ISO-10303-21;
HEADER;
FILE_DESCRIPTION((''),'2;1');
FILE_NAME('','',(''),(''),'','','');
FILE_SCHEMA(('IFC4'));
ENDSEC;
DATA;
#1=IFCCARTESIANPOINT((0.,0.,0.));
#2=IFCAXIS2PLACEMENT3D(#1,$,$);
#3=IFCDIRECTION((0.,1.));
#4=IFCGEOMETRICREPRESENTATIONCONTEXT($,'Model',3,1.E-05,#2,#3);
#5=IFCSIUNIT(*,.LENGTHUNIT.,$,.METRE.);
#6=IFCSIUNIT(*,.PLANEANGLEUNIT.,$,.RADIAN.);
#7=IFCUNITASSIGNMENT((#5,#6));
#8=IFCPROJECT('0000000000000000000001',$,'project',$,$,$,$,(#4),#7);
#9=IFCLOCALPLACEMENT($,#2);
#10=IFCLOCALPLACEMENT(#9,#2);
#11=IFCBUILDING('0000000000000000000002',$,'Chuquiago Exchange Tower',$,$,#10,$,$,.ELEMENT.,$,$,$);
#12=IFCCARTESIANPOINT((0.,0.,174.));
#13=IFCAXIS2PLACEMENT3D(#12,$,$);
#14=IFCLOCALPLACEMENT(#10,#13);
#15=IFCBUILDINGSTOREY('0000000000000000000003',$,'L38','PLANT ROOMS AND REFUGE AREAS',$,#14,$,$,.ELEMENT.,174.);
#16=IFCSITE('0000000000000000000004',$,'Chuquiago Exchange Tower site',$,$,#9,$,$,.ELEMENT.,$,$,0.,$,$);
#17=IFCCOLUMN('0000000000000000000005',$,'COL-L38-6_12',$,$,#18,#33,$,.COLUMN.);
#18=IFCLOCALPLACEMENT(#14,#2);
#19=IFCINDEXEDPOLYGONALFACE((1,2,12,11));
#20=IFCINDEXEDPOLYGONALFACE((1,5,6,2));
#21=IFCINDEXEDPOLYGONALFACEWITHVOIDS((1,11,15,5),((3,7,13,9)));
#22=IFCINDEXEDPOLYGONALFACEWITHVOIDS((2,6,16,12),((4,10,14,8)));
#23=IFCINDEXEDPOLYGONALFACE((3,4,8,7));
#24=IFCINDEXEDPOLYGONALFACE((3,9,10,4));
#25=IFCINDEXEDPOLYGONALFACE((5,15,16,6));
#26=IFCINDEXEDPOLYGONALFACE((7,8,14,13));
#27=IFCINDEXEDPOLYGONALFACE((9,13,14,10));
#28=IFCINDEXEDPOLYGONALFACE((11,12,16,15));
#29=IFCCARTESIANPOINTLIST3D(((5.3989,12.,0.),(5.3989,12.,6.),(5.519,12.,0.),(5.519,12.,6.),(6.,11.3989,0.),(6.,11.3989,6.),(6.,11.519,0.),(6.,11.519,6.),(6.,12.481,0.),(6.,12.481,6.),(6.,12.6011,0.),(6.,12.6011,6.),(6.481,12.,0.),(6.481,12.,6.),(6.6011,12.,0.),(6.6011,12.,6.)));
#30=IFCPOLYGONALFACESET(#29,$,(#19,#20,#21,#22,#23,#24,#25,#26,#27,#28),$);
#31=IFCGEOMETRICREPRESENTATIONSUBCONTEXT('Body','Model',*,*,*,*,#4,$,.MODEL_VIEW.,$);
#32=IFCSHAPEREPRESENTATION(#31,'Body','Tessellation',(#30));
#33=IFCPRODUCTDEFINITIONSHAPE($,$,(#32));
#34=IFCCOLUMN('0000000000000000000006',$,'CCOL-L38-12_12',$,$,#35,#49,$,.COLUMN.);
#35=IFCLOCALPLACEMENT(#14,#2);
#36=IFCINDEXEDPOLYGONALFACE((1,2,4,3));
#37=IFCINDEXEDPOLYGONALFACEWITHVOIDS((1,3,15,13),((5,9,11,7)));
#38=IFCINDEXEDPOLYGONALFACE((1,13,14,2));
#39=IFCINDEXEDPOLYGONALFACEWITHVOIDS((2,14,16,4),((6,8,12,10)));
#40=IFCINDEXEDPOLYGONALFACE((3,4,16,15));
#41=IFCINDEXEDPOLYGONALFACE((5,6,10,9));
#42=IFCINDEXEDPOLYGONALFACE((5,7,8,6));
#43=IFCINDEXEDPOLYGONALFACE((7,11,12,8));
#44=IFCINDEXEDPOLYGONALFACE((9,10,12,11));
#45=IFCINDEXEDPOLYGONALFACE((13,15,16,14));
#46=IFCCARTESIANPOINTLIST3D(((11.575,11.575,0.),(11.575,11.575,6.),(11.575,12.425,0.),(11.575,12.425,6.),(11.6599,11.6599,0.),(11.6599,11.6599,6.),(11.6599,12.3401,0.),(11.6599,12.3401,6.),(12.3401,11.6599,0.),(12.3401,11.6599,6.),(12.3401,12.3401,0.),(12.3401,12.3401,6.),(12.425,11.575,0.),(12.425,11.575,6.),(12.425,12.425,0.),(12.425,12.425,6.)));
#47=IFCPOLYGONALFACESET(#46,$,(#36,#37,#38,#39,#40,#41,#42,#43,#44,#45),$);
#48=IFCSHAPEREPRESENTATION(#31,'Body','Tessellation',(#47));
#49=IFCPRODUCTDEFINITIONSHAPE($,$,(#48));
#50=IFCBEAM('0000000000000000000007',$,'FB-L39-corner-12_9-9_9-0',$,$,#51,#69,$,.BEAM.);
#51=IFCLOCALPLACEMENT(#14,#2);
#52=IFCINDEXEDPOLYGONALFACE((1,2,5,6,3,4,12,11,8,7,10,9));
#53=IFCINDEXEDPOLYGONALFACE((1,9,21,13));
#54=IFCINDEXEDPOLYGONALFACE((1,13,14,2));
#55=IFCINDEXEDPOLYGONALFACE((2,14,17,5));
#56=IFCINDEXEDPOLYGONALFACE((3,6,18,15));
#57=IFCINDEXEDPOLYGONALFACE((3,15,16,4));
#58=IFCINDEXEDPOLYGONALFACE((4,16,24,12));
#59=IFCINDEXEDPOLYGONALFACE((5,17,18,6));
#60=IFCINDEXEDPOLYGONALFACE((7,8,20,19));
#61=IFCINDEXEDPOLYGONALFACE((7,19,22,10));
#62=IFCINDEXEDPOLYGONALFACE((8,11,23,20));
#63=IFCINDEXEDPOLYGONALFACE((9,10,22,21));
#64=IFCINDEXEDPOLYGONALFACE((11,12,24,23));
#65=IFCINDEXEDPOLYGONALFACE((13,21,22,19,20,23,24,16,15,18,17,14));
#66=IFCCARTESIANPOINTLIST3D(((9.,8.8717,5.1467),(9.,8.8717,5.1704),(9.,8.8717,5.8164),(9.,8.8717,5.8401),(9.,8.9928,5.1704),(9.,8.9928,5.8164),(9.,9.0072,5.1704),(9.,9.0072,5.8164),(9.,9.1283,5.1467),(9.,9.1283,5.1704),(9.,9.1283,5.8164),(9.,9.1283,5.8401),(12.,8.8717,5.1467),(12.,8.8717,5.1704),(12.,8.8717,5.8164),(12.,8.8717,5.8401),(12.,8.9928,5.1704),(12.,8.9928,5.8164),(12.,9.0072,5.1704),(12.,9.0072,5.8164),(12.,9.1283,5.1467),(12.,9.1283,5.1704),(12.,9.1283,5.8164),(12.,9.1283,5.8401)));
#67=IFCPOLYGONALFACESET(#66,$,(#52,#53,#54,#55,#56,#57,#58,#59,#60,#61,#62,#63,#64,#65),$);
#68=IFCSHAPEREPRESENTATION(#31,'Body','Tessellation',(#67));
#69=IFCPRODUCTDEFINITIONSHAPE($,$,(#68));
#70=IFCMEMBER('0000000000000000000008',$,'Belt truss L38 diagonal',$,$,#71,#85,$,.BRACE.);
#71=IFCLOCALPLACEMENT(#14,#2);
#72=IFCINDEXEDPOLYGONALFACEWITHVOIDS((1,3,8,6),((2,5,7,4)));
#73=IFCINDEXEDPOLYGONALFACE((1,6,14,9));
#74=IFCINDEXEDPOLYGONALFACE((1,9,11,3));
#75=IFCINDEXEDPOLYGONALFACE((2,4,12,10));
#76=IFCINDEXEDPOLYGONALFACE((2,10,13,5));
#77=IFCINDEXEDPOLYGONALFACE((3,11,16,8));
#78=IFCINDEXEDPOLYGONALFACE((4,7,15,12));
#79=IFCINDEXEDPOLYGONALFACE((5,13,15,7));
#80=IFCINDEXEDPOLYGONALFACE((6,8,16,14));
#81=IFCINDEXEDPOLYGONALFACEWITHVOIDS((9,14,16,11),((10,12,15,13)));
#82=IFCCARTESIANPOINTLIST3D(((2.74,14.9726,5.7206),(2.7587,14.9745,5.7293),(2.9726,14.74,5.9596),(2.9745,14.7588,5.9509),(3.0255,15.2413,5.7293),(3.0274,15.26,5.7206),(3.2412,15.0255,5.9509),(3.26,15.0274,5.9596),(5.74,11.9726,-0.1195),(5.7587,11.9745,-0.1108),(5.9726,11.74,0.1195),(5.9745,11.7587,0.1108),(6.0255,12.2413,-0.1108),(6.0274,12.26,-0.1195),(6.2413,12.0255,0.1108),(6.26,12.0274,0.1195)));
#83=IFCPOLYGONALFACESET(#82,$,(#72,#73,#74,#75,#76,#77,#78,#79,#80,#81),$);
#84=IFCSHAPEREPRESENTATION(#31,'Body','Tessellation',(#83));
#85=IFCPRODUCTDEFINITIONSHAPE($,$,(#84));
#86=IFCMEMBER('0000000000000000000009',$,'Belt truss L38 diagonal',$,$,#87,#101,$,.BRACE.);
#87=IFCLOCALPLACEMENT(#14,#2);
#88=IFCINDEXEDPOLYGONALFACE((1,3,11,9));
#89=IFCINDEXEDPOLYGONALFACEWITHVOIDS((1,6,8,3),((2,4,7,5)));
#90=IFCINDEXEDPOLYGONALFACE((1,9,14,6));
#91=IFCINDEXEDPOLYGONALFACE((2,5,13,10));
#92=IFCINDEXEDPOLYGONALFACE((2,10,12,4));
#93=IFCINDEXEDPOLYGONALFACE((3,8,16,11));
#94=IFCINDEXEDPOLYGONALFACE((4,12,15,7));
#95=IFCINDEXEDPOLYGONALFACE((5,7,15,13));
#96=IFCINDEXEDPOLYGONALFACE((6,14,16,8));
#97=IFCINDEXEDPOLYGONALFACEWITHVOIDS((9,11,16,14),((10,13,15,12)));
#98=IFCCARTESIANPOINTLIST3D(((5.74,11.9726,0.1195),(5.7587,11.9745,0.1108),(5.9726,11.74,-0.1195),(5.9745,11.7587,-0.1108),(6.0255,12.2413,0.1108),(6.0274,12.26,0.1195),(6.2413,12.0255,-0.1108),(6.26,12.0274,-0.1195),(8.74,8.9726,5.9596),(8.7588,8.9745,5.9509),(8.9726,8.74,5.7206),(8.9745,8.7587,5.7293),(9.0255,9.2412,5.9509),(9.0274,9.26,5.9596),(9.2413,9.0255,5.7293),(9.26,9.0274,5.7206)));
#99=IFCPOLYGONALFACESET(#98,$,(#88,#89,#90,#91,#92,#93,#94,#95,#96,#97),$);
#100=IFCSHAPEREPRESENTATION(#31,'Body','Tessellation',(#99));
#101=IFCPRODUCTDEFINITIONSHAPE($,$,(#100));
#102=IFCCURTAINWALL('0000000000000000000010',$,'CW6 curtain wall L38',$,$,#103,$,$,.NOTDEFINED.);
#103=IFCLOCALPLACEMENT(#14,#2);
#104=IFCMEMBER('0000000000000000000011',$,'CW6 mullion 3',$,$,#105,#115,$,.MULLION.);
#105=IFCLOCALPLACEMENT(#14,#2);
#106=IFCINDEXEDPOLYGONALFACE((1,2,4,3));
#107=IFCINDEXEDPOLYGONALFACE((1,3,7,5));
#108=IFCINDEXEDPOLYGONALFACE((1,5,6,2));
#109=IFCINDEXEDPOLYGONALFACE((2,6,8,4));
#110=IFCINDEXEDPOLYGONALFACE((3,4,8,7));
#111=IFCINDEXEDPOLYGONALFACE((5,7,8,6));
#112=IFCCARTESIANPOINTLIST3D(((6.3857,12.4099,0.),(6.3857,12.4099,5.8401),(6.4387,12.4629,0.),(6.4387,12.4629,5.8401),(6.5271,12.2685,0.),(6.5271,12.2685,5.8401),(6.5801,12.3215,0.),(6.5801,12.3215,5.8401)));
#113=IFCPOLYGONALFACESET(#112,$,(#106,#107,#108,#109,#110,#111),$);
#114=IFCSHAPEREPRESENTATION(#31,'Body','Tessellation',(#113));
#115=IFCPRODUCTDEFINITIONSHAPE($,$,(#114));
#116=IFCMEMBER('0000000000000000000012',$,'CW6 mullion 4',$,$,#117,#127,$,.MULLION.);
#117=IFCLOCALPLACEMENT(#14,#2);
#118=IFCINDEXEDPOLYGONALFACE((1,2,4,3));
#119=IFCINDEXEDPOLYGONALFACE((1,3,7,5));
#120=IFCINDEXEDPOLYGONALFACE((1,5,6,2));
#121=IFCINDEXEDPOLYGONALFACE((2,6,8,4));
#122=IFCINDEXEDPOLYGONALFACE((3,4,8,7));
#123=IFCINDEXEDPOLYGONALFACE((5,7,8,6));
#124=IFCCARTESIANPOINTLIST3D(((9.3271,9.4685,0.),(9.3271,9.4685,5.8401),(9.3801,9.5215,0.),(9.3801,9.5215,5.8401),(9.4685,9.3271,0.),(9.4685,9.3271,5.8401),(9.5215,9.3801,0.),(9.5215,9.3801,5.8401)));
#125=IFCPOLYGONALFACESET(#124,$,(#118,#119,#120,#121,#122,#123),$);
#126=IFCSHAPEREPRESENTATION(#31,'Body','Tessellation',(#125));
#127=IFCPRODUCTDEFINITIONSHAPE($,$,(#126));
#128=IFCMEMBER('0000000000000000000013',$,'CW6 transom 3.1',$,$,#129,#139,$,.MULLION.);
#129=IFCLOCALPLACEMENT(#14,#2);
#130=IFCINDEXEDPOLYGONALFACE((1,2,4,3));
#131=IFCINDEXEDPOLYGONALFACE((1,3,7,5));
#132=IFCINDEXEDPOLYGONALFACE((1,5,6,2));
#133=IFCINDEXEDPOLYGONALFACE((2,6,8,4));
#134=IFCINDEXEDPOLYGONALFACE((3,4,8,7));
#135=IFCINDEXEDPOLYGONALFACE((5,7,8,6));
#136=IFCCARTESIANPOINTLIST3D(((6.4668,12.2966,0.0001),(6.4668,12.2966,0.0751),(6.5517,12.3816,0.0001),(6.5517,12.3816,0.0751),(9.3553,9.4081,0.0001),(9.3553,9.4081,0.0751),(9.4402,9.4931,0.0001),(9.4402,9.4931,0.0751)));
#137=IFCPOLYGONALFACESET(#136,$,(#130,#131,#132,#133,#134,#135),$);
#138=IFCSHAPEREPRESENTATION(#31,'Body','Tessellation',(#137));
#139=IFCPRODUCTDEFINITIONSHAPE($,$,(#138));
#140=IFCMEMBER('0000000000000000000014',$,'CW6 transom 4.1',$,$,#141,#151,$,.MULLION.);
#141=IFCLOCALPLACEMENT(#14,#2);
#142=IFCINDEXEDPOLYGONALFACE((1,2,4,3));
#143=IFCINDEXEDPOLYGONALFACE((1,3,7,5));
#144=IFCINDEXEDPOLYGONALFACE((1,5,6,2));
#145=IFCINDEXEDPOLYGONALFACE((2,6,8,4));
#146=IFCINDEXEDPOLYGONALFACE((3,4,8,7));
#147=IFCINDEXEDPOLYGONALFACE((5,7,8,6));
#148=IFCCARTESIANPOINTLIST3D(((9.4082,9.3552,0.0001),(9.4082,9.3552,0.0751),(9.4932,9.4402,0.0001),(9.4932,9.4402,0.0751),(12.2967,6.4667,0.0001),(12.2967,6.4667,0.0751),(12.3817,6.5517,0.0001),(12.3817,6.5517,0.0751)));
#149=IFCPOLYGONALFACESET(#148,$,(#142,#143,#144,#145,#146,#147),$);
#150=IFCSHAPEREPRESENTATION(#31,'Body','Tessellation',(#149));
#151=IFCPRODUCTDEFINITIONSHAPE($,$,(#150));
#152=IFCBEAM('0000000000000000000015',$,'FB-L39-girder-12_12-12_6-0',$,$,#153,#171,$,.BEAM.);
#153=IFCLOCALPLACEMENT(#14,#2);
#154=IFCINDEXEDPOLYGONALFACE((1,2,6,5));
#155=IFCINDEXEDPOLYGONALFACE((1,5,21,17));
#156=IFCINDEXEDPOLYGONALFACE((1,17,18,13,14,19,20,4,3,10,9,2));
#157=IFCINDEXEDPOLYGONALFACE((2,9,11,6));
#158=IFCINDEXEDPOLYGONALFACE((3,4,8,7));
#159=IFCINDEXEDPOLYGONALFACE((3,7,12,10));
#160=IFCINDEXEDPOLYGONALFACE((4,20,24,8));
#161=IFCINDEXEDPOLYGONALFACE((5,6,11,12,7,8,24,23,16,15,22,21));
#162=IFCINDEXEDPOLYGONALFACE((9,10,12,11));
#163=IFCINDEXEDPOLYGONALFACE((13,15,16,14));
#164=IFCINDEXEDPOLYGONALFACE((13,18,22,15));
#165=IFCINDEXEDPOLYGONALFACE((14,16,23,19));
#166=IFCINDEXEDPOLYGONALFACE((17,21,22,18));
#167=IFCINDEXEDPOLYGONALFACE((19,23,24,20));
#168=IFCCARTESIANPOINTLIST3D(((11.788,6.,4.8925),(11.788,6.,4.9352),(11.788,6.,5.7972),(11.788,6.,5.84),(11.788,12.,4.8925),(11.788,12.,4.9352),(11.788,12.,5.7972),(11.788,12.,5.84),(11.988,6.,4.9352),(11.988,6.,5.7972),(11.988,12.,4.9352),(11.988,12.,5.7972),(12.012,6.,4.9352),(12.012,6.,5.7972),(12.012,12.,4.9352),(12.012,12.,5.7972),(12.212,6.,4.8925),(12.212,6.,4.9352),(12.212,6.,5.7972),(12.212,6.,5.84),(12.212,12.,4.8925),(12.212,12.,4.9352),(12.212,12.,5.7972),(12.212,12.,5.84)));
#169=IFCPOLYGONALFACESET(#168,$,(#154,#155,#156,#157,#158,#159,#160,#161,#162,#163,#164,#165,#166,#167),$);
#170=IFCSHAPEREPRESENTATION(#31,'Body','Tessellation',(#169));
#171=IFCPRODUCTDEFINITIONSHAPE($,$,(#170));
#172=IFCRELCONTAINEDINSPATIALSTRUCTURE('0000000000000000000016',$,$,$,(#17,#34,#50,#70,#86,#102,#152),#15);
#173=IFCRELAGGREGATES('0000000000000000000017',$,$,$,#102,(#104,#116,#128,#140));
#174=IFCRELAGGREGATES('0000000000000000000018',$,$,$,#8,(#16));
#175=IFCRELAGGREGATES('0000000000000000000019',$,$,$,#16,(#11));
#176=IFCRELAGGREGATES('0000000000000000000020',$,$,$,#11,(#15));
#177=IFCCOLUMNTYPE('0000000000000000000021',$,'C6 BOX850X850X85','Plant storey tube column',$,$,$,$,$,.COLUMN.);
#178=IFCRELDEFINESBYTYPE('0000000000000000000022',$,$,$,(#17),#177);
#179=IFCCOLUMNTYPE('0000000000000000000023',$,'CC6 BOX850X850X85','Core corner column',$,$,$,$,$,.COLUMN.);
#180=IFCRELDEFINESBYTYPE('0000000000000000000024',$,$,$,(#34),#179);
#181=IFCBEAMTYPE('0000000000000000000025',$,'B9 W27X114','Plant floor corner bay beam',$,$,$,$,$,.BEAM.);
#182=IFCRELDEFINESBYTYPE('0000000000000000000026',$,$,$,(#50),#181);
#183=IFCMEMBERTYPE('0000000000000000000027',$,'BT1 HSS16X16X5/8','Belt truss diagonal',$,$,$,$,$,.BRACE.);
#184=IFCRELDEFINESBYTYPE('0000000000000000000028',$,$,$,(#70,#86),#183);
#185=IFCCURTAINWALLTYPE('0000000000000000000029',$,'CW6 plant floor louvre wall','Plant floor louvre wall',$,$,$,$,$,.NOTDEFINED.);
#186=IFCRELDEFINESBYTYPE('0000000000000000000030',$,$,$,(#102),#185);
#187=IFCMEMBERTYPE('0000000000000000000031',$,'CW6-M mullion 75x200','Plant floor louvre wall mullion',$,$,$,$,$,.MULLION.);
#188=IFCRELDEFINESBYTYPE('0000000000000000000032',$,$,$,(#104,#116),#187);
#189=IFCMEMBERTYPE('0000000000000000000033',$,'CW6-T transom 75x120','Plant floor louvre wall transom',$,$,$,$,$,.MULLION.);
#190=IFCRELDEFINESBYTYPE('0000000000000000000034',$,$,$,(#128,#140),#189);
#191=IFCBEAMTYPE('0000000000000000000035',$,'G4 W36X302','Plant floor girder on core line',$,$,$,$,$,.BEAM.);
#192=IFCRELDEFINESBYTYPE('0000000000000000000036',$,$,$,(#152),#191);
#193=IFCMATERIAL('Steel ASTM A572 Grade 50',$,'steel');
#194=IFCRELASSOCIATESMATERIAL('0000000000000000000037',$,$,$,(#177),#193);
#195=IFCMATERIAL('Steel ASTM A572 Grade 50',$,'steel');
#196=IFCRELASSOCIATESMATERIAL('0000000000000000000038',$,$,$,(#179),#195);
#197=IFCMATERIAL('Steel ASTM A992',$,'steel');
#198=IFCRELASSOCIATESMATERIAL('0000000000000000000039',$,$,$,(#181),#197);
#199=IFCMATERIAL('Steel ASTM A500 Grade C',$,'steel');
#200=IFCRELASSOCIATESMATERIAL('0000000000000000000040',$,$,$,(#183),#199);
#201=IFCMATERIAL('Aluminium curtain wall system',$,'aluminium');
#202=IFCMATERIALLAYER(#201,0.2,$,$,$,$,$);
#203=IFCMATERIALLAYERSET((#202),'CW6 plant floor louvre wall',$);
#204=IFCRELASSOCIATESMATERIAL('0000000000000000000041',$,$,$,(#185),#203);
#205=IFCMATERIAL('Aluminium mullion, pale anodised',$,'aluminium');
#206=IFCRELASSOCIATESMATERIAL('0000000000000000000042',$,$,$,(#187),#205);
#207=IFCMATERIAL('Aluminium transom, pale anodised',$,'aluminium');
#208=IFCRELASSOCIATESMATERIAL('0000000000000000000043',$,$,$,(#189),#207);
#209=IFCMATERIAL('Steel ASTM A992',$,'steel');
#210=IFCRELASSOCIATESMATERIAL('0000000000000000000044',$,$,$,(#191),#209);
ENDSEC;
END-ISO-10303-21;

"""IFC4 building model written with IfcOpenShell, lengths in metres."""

from ifc_helpers import new_model, si_unit, direction, frame, origin, origin_2d, place, context, subcontext, project, spatial, rectangle, hollow_rectangle, i_section, extrude, material, layer, layer_set, material_profile, profile_set, type_object, element, aggregate, save


model = new_model("IFC4")

# Units and contexts
model_context = context("Model", 3, precision=1e-05, world=origin(), true_north=direction((0.0, 1.0)))
body_context = subcontext(model_context, "Body", "Model", "MODEL_VIEW")
ifc_project = project(units=[si_unit("LENGTHUNIT", "METRE"), si_unit("PLANEANGLEUNIT", "RADIAN")], contexts=[model_context])

# Site, building, storey
site_placement = place(None, origin())
site = spatial("IfcSite", under=ifc_project, at=site_placement, Name="Chuquiago Exchange Tower site", CompositionType="ELEMENT", RefElevation=0.0)
building_placement = place(site_placement, origin())
building = spatial("IfcBuilding", under=site, at=building_placement, Name="Chuquiago Exchange Tower", CompositionType="ELEMENT")
storey_placement = place(building_placement, frame((0.0, 0.0, 174.0)))
storey = spatial("IfcBuildingStorey", under=building, at=storey_placement, Name="L38", Description="PLANT ROOMS AND REFUGE AREAS", CompositionType="ELEMENT", Elevation=174.0)

# Columns
ifc_material_1 = material(Name="Steel ASTM A572 Grade 50", Category="steel")
ifc_material_profile_1 = material_profile(ifc_material_1, hollow_rectangle(XDim=0.8501, YDim=0.8501, WallThickness=0.085, at=origin_2d()), Name="BOX850X850X85")
ifc_profile_set_1 = profile_set([ifc_material_profile_1], Name="Steel ASTM A572 Grade 50")
column_type_1 = type_object("IfcColumnType", Name="C6 BOX850X850X85", Description="Plant storey tube column", PredefinedType="COLUMN", material=ifc_profile_set_1)
column_1_placement = place(storey_placement, frame((6.0, 12.0, 0.0), z_axis=(0.0, 0.0, 1.0), x_axis=(-0.707107, -0.707107, 0.0)))
element("IfcColumn", 1, at=column_1_placement, inside=storey, type_object=column_type_1, Name="COL-L38-6_12", PredefinedType="COLUMN", context=body_context, shape_type="SweptSolid", body=[
    extrude(hollow_rectangle(XDim=0.8501, YDim=0.8501, WallThickness=0.085, at=origin_2d()), origin(), (0.0, 0.0, 1.0), 6.0),
])
ifc_material_2 = material(Name="Steel ASTM A572 Grade 50", Category="steel")
ifc_material_profile_2 = material_profile(ifc_material_2, hollow_rectangle(XDim=0.8501, YDim=0.8501, WallThickness=0.085, at=origin_2d()), Name="BOX850X850X85")
ifc_profile_set_2 = profile_set([ifc_material_profile_2], Name="Steel ASTM A572 Grade 50")
column_type_2 = type_object("IfcColumnType", Name="CC6 BOX850X850X85", Description="Core corner column", PredefinedType="COLUMN", material=ifc_profile_set_2)
column_2_placement = place(storey_placement, frame((12.0, 12.0, 0.0), z_axis=(0.0, 0.0, 1.0), x_axis=(1.0, 0.0, 0.0)))
element("IfcColumn", 2, at=column_2_placement, inside=storey, type_object=column_type_2, Name="CCOL-L38-12_12", PredefinedType="COLUMN", context=body_context, shape_type="SweptSolid", body=[
    extrude(hollow_rectangle(XDim=0.8501, YDim=0.8501, WallThickness=0.085, at=origin_2d()), origin(), (0.0, 0.0, 1.0), 6.0),
])

# Beam
ifc_material_3 = material(Name="Steel ASTM A992", Category="steel")
ifc_material_profile_3 = material_profile(ifc_material_3, i_section(OverallWidth=0.2566, OverallDepth=0.6934, WebThickness=0.0144, FlangeThickness=0.0237, at=origin_2d()), Name="W27X114")
ifc_profile_set_3 = profile_set([ifc_material_profile_3], Name="Steel ASTM A992")
beam_type_1 = type_object("IfcBeamType", Name="B9 W27X114", Description="Plant floor corner bay beam", PredefinedType="BEAM", material=ifc_profile_set_3)
beam_1_placement = place(storey_placement, frame((12.0, 9.0, 5.4934), z_axis=(-1.0, 0.0, 0.0), x_axis=(0.0, -1.0, 0.0)))
element("IfcBeam", 3, at=beam_1_placement, inside=storey, type_object=beam_type_1, Name="FB-L39-corner-12_9-9_9-0", PredefinedType="BEAM", context=body_context, shape_type="SweptSolid", body=[
    extrude(i_section(OverallWidth=0.2566, OverallDepth=0.6934, WebThickness=0.0144, FlangeThickness=0.0237, at=origin_2d()), origin(), (0.0, 0.0, 1.0), 3.0),
])

# Members
ifc_material_4 = material(Name="Steel ASTM A500 Grade C", Category="steel")
ifc_material_profile_4 = material_profile(ifc_material_4, hollow_rectangle(XDim=0.4065, YDim=0.4065, WallThickness=0.0146, at=origin_2d()), Name="HSS16X16X5/8")
ifc_profile_set_4 = profile_set([ifc_material_profile_4], Name="Steel ASTM A500 Grade C")
member_type_1 = type_object("IfcMemberType", Name="BT1 HSS16X16X5/8", Description="Belt truss diagonal", PredefinedType="BRACE", material=ifc_profile_set_4)
for number, where, z_axis, x_axis, name in (
    (4, (6.0, 12.0, 0.0), (-0.415599, 0.415599, 0.809045), (-0.707107, -0.707107, 0.0), "Belt truss L38 diagonal"),
    (5, (6.0, 12.0, 0.0), (0.415599, -0.415599, 0.809045), (0.707107, 0.707107, 0.0), "Belt truss L38 diagonal"),
):
    element("IfcMember", number, at=place(storey_placement, frame(where, z_axis=z_axis, x_axis=x_axis)), inside=storey, type_object=member_type_1, Name=name, PredefinedType="BRACE", context=body_context, shape_type="SweptSolid", body=[
        extrude(hollow_rectangle(XDim=0.4065, YDim=0.4065, WallThickness=0.0146, at=origin_2d()), origin(), (0.0, 0.0, 1.0), 7.2185),
    ])

# Curtain wall, members
ifc_material_5 = material(Name="Aluminium curtain wall system", Category="aluminium")
ifc_layer_1 = layer(ifc_material_5, 0.2)
ifc_layer_set_1 = layer_set([ifc_layer_1], Name="CW6 plant floor louvre wall")
curtain_wall_type = type_object("IfcCurtainWallType", Name="CW6 plant floor louvre wall", Description="Plant floor louvre wall", PredefinedType="NOTDEFINED", material=ifc_layer_set_1)
curtain_wall_placement = place(storey_placement, origin())
curtain_wall = element("IfcCurtainWall", 6, at=curtain_wall_placement, inside=storey, type_object=curtain_wall_type, Name="CW6 curtain wall L38", PredefinedType="NOTDEFINED")
ifc_material_6 = material(Name="Aluminium mullion, pale anodised", Category="aluminium")
ifc_material_profile_5 = material_profile(ifc_material_6, rectangle(XDim=0.075, YDim=0.2, at=origin_2d()), Name="AL 75x200")
ifc_profile_set_5 = profile_set([ifc_material_profile_5], Name="Aluminium mullion, pale anodised")
member_type_2 = type_object("IfcMemberType", Name="CW6-M mullion 75x200", Description="Plant floor louvre wall mullion", PredefinedType="MULLION", material=ifc_profile_set_5)
member_1_placement = place(storey_placement, frame((6.4829, 12.3657, 0.0), z_axis=(0.0, 0.0, 1.0), x_axis=(0.707107, 0.707107, 0.0)))
member_1 = element("IfcMember", 7, at=member_1_placement, type_object=member_type_2, Name="CW6 mullion 3", PredefinedType="MULLION", context=body_context, shape_type="SweptSolid", body=[
    extrude(rectangle(XDim=0.075, YDim=0.2, at=origin_2d()), origin(), (0.0, 0.0, 1.0), 5.8401),
])
member_2_placement = place(storey_placement, frame((9.4243, 9.4243, 0.0), z_axis=(0.0, 0.0, 1.0), x_axis=(0.707107, 0.707107, 0.0)))
member_2 = element("IfcMember", 8, at=member_2_placement, type_object=member_type_2, Name="CW6 mullion 4", PredefinedType="MULLION", context=body_context, shape_type="SweptSolid", body=[
    extrude(rectangle(XDim=0.075, YDim=0.2, at=origin_2d()), origin(), (0.0, 0.0, 1.0), 5.8401),
])
ifc_material_7 = material(Name="Aluminium transom, pale anodised", Category="aluminium")
ifc_material_profile_6 = material_profile(ifc_material_7, rectangle(XDim=0.1201, YDim=0.075, at=origin_2d()), Name="AL 120x75")
ifc_profile_set_6 = profile_set([ifc_material_profile_6], Name="Aluminium transom, pale anodised")
member_type_3 = type_object("IfcMemberType", Name="CW6-T transom 75x120", Description="Plant floor louvre wall transom", PredefinedType="MULLION", material=ifc_profile_set_6)
member_3_placement = place(storey_placement, frame((6.5093, 12.3391, 0.0376), z_axis=(0.707107, -0.707107, 0.0), x_axis=(0.707107, 0.707107, 0.0)))
member_3 = element("IfcMember", 9, at=member_3_placement, type_object=member_type_3, Name="CW6 transom 3.1", PredefinedType="MULLION", context=body_context, shape_type="SweptSolid", body=[
    extrude(rectangle(XDim=0.1201, YDim=0.075, at=origin_2d()), origin(), (0.0, 0.0, 1.0), 4.085),
])
member_4_placement = place(storey_placement, frame((9.4507, 9.3977, 0.0376), z_axis=(0.707107, -0.707107, 0.0), x_axis=(0.707107, 0.707107, 0.0)))
member_4 = element("IfcMember", 10, at=member_4_placement, type_object=member_type_3, Name="CW6 transom 4.1", PredefinedType="MULLION", context=body_context, shape_type="SweptSolid", body=[
    extrude(rectangle(XDim=0.1201, YDim=0.075, at=origin_2d()), origin(), (0.0, 0.0, 1.0), 4.085),
])

# Beam
ifc_material_8 = material(Name="Steel ASTM A992", Category="steel")
ifc_material_profile_7 = material_profile(ifc_material_8, i_section(OverallWidth=0.4241, OverallDepth=0.9475, WebThickness=0.0239, FlangeThickness=0.0427, at=origin_2d()), Name="W36X302")
ifc_profile_set_7 = profile_set([ifc_material_profile_7], Name="Steel ASTM A992")
beam_type_2 = type_object("IfcBeamType", Name="G4 W36X302", Description="Plant floor girder on core line", PredefinedType="BEAM", material=ifc_profile_set_7)
for number, where, z_axis, x_axis, name in (
    (11, (12.0, 12.0, 5.3662), (0.0, -1.0, 0.0), (1.0, 0.0, 0.0), "FB-L39-girder-12_12-12_6-0"),
):
    element("IfcBeam", number, at=place(storey_placement, frame(where, z_axis=z_axis, x_axis=x_axis)), inside=storey, type_object=beam_type_2, Name=name, PredefinedType="BEAM", context=body_context, shape_type="SweptSolid", body=[
        extrude(i_section(OverallWidth=0.4241, OverallDepth=0.9475, WebThickness=0.0239, FlangeThickness=0.0427, at=origin_2d()), origin(), (0.0, 0.0, 1.0), 6.0),
    ])

aggregate(curtain_wall, [member_1, member_2, member_3, member_4])

save(model, "model.ifc")
